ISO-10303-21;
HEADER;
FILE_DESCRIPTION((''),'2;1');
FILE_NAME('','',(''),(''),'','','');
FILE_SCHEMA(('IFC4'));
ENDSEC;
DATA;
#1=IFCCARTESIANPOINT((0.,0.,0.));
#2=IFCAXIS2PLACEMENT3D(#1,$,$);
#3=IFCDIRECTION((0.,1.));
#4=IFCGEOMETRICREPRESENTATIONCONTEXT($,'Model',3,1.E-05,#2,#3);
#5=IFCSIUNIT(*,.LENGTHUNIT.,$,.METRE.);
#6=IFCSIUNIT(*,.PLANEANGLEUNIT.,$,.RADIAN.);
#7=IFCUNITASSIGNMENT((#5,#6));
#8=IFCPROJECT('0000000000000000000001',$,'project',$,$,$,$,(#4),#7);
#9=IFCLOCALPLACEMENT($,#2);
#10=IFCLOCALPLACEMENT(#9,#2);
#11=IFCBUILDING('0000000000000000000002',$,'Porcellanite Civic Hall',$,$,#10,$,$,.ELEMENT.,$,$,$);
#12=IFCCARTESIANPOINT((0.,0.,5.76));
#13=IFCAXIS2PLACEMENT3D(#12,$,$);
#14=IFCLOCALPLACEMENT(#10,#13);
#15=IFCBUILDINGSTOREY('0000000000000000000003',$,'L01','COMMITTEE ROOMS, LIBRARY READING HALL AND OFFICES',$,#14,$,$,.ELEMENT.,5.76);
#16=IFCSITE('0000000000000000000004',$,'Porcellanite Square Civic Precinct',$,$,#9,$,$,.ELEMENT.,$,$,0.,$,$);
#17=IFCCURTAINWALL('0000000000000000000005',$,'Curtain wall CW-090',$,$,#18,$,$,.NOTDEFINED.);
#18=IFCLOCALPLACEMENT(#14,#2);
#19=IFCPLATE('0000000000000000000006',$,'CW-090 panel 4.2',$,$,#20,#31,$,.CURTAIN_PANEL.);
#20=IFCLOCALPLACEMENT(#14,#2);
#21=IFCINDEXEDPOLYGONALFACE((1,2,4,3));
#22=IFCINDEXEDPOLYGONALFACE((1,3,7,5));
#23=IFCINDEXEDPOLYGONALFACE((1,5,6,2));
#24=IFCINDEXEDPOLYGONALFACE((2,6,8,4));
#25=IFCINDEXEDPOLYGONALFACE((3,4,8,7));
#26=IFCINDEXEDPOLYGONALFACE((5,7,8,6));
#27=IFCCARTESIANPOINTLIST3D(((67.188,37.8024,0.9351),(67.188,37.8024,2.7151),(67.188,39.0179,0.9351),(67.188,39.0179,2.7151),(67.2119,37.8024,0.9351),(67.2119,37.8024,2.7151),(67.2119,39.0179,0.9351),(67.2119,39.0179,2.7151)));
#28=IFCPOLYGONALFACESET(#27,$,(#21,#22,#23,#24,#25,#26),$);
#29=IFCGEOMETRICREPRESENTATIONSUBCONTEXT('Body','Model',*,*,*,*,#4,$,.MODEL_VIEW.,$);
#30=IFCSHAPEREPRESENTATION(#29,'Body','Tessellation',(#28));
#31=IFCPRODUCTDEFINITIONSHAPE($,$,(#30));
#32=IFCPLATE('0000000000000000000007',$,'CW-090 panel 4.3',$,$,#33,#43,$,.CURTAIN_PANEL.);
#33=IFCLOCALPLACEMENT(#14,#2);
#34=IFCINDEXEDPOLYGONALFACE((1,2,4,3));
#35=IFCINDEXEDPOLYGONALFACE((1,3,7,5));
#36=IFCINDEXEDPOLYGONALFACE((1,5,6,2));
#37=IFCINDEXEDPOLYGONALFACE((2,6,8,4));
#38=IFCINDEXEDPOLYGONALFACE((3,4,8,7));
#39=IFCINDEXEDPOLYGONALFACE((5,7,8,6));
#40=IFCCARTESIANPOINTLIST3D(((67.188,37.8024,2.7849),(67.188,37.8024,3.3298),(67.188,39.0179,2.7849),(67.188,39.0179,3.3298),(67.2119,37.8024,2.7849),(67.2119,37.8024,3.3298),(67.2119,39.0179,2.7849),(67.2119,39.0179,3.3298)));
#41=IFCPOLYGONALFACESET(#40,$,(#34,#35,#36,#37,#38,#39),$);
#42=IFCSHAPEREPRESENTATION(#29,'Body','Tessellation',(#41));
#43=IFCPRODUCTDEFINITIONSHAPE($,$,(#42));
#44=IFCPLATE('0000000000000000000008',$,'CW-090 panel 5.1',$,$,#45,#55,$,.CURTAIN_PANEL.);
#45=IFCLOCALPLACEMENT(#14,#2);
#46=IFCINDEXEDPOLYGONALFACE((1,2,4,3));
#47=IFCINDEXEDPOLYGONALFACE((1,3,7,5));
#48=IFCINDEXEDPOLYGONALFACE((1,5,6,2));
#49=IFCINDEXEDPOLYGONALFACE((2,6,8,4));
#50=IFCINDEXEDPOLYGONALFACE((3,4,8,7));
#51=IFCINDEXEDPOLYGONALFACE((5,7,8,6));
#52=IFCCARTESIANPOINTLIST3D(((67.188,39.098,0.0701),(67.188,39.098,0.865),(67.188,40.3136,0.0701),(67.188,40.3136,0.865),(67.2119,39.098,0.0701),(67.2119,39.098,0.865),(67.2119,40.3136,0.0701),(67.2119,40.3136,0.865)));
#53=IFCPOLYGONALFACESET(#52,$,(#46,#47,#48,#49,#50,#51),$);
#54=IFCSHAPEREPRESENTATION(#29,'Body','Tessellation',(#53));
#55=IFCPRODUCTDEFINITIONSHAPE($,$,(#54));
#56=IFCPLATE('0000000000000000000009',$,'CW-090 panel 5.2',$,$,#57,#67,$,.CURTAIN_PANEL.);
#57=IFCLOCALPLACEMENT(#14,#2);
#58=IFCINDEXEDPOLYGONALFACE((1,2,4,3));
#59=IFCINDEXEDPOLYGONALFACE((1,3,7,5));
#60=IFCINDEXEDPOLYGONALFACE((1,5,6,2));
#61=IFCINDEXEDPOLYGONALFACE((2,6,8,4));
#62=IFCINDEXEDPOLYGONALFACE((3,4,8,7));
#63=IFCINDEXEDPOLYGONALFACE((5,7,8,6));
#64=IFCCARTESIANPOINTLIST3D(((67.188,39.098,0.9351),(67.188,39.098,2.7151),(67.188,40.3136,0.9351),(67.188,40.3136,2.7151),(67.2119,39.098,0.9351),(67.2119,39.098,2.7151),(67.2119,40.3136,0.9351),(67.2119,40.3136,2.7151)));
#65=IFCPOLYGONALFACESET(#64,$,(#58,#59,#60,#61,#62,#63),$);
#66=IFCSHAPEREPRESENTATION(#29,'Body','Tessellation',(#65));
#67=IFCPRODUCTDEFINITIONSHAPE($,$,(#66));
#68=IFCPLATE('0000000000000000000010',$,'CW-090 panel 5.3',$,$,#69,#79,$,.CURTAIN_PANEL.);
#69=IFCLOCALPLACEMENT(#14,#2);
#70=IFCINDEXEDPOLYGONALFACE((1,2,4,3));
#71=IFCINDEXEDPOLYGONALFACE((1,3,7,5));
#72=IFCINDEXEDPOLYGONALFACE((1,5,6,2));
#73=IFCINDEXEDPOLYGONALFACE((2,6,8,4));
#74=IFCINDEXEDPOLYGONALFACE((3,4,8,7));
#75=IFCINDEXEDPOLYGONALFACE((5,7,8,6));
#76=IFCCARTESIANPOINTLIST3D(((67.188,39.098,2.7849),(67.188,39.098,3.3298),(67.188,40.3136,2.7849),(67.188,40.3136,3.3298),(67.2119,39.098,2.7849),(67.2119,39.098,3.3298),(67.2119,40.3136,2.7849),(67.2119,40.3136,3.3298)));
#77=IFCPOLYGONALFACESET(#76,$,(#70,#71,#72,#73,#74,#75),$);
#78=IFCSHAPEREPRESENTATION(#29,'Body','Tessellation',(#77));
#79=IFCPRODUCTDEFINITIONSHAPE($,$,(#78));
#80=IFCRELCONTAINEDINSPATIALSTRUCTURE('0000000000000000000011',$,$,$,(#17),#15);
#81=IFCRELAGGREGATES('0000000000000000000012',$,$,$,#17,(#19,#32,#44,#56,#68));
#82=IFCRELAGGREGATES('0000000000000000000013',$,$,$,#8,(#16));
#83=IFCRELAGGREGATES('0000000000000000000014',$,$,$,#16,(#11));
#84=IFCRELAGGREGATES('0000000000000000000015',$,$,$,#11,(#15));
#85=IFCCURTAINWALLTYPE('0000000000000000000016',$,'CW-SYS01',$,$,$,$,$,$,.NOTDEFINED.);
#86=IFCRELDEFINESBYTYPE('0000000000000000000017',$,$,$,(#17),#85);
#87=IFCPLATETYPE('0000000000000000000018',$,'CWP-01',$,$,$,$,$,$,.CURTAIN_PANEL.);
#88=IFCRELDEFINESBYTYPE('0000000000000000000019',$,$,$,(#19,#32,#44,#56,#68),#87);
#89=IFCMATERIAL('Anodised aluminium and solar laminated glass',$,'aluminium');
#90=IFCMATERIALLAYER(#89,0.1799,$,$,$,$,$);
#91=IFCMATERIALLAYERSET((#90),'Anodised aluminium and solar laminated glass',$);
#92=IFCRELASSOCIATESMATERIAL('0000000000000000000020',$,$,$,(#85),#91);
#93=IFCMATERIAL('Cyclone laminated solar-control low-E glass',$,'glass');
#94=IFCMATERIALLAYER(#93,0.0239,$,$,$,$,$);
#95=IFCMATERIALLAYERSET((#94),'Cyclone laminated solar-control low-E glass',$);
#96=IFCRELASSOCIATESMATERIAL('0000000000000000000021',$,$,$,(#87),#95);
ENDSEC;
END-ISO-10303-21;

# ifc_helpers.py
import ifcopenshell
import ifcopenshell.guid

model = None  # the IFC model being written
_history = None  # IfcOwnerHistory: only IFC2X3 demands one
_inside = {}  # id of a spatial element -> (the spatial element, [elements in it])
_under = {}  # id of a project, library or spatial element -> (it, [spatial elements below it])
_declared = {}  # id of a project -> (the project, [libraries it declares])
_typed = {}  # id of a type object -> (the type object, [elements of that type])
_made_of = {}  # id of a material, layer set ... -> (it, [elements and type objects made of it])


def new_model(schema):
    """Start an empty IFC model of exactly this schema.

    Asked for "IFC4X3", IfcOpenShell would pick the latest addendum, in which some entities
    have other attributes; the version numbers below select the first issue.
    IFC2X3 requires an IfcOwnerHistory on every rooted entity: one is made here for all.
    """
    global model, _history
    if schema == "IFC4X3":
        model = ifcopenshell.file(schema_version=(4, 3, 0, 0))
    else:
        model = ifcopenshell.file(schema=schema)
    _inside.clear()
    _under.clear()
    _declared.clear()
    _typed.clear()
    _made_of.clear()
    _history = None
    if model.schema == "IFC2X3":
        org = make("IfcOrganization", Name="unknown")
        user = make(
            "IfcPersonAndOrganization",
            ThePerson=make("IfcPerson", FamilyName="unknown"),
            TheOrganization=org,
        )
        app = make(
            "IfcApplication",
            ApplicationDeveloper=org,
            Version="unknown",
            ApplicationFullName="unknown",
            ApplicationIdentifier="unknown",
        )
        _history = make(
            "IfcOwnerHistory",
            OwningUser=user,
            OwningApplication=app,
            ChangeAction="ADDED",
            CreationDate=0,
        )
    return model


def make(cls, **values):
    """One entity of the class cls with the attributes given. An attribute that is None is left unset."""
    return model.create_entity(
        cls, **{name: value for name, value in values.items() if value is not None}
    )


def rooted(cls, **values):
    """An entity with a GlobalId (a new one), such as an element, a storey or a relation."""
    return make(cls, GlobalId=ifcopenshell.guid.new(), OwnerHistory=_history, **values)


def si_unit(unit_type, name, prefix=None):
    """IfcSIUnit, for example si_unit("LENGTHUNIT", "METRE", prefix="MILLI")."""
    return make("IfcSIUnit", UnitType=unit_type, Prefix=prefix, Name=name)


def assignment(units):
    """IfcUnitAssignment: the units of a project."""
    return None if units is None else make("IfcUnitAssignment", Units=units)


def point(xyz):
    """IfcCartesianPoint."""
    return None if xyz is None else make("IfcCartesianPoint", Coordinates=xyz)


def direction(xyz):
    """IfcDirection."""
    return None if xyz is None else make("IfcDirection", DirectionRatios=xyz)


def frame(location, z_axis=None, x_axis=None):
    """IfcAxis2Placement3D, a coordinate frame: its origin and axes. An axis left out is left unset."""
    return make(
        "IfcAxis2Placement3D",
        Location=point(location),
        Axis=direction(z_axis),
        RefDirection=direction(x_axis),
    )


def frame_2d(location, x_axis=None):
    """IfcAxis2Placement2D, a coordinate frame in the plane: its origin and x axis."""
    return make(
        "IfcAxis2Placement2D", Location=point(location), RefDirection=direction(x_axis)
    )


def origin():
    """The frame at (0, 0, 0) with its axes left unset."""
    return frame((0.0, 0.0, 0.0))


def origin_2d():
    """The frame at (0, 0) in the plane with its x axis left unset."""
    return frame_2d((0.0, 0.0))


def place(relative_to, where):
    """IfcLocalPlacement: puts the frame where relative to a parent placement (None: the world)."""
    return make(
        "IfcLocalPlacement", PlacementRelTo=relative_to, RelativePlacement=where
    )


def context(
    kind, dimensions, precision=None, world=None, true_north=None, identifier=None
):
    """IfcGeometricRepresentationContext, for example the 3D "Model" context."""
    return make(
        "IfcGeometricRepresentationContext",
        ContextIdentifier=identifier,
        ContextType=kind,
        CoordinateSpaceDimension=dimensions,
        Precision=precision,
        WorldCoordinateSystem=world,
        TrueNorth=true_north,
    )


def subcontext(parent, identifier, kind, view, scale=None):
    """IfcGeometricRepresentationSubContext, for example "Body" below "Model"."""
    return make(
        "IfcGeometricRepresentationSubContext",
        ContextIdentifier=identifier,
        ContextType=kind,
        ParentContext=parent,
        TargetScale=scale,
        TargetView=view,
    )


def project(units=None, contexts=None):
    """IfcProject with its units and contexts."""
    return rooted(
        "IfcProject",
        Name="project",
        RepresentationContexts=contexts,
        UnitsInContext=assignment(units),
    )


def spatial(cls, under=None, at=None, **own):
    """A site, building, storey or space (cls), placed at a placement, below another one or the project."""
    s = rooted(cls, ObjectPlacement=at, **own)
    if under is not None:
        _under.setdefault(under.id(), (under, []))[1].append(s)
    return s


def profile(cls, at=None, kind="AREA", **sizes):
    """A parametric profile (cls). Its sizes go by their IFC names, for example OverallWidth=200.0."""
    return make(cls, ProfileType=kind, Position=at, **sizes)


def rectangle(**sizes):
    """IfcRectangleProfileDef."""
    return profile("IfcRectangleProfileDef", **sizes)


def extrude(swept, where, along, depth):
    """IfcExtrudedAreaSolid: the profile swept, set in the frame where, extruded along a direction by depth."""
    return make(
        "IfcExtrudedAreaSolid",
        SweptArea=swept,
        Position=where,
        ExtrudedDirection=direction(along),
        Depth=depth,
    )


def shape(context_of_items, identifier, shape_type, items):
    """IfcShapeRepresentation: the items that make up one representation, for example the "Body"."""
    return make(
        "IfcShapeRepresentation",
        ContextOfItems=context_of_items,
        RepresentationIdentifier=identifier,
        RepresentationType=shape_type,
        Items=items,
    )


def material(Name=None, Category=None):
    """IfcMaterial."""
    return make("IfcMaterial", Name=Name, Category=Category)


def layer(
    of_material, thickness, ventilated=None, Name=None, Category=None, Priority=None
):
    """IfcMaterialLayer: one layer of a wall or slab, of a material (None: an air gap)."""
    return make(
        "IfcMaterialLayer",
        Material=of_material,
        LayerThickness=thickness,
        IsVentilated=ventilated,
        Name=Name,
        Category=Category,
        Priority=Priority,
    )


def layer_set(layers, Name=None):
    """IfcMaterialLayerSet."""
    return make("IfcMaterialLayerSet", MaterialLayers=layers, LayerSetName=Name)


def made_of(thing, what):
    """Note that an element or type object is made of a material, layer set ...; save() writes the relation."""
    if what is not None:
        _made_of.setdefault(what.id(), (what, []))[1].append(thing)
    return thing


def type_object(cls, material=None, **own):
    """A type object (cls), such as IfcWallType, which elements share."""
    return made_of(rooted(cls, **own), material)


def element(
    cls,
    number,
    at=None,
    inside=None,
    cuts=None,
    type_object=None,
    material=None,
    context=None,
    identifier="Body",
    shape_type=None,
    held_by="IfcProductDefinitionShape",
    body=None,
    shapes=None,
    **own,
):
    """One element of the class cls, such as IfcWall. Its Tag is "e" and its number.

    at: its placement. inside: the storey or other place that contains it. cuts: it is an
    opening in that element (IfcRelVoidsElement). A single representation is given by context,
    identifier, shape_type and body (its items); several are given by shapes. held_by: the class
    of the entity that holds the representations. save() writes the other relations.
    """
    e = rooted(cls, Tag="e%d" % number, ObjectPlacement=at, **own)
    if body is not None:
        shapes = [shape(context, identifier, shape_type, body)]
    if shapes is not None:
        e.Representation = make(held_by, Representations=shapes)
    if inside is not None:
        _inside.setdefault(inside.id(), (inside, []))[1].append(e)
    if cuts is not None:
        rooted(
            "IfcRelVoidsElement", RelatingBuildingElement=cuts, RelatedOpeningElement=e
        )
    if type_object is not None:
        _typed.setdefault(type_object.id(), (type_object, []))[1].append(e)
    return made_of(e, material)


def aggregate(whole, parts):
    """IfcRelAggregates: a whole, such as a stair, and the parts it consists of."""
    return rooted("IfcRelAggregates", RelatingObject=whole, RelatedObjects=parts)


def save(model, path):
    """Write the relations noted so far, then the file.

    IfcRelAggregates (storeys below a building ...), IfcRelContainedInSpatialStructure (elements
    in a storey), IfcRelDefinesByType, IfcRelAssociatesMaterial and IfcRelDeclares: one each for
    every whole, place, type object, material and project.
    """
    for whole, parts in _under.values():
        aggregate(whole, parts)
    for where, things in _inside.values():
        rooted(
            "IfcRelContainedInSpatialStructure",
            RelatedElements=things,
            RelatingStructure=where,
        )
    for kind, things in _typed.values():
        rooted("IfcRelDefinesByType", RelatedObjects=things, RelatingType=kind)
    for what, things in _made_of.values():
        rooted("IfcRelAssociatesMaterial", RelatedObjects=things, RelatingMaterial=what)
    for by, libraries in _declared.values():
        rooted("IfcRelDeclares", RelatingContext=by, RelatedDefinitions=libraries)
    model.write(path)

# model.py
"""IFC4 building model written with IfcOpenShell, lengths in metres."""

from ifc_helpers import new_model, si_unit, direction, frame, origin, origin_2d, place, context, subcontext, project, spatial, rectangle, extrude, material, layer, layer_set, type_object, element, aggregate, save


model = new_model("IFC4")

# Units and contexts
model_context = context("Model", 3, precision=1e-05, world=origin(), true_north=direction((0.0, 1.0)))
body_context = subcontext(model_context, "Body", "Model", "MODEL_VIEW")
ifc_project = project(units=[si_unit("LENGTHUNIT", "METRE"), si_unit("PLANEANGLEUNIT", "RADIAN")], contexts=[model_context])

# Site, building, storey
site_placement = place(None, origin())
site = spatial("IfcSite", under=ifc_project, at=site_placement, Name="Porcellanite Square Civic Precinct", CompositionType="ELEMENT", RefElevation=0.0)
building_placement = place(site_placement, origin())
building = spatial("IfcBuilding", under=site, at=building_placement, Name="Porcellanite Civic Hall", CompositionType="ELEMENT")
storey_placement = place(building_placement, frame((0.0, 0.0, 5.76)))
storey = spatial("IfcBuildingStorey", under=building, at=storey_placement, Name="L01", Description="COMMITTEE ROOMS, LIBRARY READING HALL AND OFFICES", CompositionType="ELEMENT", Elevation=5.76)

# Curtain wall, plates
ifc_material_1 = material(Name="Anodised aluminium and solar laminated glass", Category="aluminium")
ifc_layer_1 = layer(ifc_material_1, 0.1799)
ifc_layer_set_1 = layer_set([ifc_layer_1], Name="Anodised aluminium and solar laminated glass")
curtain_wall_type = type_object("IfcCurtainWallType", Name="CW-SYS01", PredefinedType="NOTDEFINED", material=ifc_layer_set_1)
curtain_wall_placement = place(storey_placement, origin())
curtain_wall = element("IfcCurtainWall", 1, at=curtain_wall_placement, inside=storey, type_object=curtain_wall_type, Name="Curtain wall CW-090", PredefinedType="NOTDEFINED")
ifc_material_2 = material(Name="Cyclone laminated solar-control low-E glass", Category="glass")
ifc_layer_2 = layer(ifc_material_2, 0.0239)
ifc_layer_set_2 = layer_set([ifc_layer_2], Name="Cyclone laminated solar-control low-E glass")
plate_type = type_object("IfcPlateType", Name="CWP-01", PredefinedType="CURTAIN_PANEL", material=ifc_layer_set_2)
plate_1_placement = place(storey_placement, frame((67.2, 38.4102, 0.9351), z_axis=(0.0, 0.0, 1.0), x_axis=(0.0, 1.0, 0.0)))
plate_1 = element("IfcPlate", 2, at=plate_1_placement, type_object=plate_type, Name="CW-090 panel 4.2", PredefinedType="CURTAIN_PANEL", context=body_context, shape_type="SweptSolid", body=[
    extrude(rectangle(XDim=1.2156, YDim=0.0239, at=origin_2d()), origin(), (0.0, 0.0, 1.0), 1.78),
])
plate_2_placement = place(storey_placement, frame((67.2, 38.4102, 2.7849), z_axis=(0.0, 0.0, 1.0), x_axis=(0.0, 1.0, 0.0)))
plate_2 = element("IfcPlate", 3, at=plate_2_placement, type_object=plate_type, Name="CW-090 panel 4.3", PredefinedType="CURTAIN_PANEL", context=body_context, shape_type="SweptSolid", body=[
    extrude(rectangle(XDim=1.2156, YDim=0.0239, at=origin_2d()), origin(), (0.0, 0.0, 1.0), 0.5449),
])
plate_3_placement = place(storey_placement, frame((67.2, 39.7058, 0.0701), z_axis=(0.0, 0.0, 1.0), x_axis=(0.0, 1.0, 0.0)))
plate_3 = element("IfcPlate", 4, at=plate_3_placement, type_object=plate_type, Name="CW-090 panel 5.1", PredefinedType="CURTAIN_PANEL", context=body_context, shape_type="SweptSolid", body=[
    extrude(rectangle(XDim=1.2156, YDim=0.0239, at=origin_2d()), origin(), (0.0, 0.0, 1.0), 0.7949),
])
plate_4_placement = place(storey_placement, frame((67.2, 39.7058, 0.9351), z_axis=(0.0, 0.0, 1.0), x_axis=(0.0, 1.0, 0.0)))
plate_4 = element("IfcPlate", 5, at=plate_4_placement, type_object=plate_type, Name="CW-090 panel 5.2", PredefinedType="CURTAIN_PANEL", context=body_context, shape_type="SweptSolid", body=[
    extrude(rectangle(XDim=1.2156, YDim=0.0239, at=origin_2d()), origin(), (0.0, 0.0, 1.0), 1.78),
])
plate_5_placement = place(storey_placement, frame((67.2, 39.7058, 2.7849), z_axis=(0.0, 0.0, 1.0), x_axis=(0.0, 1.0, 0.0)))
plate_5 = element("IfcPlate", 6, at=plate_5_placement, type_object=plate_type, Name="CW-090 panel 5.3", PredefinedType="CURTAIN_PANEL", context=body_context, shape_type="SweptSolid", body=[
    extrude(rectangle(XDim=1.2156, YDim=0.0239, at=origin_2d()), origin(), (0.0, 0.0, 1.0), 0.5449),
])
aggregate(curtain_wall, [plate_1, plate_2, plate_3, plate_4, plate_5])

save(model, "model.ifc")
